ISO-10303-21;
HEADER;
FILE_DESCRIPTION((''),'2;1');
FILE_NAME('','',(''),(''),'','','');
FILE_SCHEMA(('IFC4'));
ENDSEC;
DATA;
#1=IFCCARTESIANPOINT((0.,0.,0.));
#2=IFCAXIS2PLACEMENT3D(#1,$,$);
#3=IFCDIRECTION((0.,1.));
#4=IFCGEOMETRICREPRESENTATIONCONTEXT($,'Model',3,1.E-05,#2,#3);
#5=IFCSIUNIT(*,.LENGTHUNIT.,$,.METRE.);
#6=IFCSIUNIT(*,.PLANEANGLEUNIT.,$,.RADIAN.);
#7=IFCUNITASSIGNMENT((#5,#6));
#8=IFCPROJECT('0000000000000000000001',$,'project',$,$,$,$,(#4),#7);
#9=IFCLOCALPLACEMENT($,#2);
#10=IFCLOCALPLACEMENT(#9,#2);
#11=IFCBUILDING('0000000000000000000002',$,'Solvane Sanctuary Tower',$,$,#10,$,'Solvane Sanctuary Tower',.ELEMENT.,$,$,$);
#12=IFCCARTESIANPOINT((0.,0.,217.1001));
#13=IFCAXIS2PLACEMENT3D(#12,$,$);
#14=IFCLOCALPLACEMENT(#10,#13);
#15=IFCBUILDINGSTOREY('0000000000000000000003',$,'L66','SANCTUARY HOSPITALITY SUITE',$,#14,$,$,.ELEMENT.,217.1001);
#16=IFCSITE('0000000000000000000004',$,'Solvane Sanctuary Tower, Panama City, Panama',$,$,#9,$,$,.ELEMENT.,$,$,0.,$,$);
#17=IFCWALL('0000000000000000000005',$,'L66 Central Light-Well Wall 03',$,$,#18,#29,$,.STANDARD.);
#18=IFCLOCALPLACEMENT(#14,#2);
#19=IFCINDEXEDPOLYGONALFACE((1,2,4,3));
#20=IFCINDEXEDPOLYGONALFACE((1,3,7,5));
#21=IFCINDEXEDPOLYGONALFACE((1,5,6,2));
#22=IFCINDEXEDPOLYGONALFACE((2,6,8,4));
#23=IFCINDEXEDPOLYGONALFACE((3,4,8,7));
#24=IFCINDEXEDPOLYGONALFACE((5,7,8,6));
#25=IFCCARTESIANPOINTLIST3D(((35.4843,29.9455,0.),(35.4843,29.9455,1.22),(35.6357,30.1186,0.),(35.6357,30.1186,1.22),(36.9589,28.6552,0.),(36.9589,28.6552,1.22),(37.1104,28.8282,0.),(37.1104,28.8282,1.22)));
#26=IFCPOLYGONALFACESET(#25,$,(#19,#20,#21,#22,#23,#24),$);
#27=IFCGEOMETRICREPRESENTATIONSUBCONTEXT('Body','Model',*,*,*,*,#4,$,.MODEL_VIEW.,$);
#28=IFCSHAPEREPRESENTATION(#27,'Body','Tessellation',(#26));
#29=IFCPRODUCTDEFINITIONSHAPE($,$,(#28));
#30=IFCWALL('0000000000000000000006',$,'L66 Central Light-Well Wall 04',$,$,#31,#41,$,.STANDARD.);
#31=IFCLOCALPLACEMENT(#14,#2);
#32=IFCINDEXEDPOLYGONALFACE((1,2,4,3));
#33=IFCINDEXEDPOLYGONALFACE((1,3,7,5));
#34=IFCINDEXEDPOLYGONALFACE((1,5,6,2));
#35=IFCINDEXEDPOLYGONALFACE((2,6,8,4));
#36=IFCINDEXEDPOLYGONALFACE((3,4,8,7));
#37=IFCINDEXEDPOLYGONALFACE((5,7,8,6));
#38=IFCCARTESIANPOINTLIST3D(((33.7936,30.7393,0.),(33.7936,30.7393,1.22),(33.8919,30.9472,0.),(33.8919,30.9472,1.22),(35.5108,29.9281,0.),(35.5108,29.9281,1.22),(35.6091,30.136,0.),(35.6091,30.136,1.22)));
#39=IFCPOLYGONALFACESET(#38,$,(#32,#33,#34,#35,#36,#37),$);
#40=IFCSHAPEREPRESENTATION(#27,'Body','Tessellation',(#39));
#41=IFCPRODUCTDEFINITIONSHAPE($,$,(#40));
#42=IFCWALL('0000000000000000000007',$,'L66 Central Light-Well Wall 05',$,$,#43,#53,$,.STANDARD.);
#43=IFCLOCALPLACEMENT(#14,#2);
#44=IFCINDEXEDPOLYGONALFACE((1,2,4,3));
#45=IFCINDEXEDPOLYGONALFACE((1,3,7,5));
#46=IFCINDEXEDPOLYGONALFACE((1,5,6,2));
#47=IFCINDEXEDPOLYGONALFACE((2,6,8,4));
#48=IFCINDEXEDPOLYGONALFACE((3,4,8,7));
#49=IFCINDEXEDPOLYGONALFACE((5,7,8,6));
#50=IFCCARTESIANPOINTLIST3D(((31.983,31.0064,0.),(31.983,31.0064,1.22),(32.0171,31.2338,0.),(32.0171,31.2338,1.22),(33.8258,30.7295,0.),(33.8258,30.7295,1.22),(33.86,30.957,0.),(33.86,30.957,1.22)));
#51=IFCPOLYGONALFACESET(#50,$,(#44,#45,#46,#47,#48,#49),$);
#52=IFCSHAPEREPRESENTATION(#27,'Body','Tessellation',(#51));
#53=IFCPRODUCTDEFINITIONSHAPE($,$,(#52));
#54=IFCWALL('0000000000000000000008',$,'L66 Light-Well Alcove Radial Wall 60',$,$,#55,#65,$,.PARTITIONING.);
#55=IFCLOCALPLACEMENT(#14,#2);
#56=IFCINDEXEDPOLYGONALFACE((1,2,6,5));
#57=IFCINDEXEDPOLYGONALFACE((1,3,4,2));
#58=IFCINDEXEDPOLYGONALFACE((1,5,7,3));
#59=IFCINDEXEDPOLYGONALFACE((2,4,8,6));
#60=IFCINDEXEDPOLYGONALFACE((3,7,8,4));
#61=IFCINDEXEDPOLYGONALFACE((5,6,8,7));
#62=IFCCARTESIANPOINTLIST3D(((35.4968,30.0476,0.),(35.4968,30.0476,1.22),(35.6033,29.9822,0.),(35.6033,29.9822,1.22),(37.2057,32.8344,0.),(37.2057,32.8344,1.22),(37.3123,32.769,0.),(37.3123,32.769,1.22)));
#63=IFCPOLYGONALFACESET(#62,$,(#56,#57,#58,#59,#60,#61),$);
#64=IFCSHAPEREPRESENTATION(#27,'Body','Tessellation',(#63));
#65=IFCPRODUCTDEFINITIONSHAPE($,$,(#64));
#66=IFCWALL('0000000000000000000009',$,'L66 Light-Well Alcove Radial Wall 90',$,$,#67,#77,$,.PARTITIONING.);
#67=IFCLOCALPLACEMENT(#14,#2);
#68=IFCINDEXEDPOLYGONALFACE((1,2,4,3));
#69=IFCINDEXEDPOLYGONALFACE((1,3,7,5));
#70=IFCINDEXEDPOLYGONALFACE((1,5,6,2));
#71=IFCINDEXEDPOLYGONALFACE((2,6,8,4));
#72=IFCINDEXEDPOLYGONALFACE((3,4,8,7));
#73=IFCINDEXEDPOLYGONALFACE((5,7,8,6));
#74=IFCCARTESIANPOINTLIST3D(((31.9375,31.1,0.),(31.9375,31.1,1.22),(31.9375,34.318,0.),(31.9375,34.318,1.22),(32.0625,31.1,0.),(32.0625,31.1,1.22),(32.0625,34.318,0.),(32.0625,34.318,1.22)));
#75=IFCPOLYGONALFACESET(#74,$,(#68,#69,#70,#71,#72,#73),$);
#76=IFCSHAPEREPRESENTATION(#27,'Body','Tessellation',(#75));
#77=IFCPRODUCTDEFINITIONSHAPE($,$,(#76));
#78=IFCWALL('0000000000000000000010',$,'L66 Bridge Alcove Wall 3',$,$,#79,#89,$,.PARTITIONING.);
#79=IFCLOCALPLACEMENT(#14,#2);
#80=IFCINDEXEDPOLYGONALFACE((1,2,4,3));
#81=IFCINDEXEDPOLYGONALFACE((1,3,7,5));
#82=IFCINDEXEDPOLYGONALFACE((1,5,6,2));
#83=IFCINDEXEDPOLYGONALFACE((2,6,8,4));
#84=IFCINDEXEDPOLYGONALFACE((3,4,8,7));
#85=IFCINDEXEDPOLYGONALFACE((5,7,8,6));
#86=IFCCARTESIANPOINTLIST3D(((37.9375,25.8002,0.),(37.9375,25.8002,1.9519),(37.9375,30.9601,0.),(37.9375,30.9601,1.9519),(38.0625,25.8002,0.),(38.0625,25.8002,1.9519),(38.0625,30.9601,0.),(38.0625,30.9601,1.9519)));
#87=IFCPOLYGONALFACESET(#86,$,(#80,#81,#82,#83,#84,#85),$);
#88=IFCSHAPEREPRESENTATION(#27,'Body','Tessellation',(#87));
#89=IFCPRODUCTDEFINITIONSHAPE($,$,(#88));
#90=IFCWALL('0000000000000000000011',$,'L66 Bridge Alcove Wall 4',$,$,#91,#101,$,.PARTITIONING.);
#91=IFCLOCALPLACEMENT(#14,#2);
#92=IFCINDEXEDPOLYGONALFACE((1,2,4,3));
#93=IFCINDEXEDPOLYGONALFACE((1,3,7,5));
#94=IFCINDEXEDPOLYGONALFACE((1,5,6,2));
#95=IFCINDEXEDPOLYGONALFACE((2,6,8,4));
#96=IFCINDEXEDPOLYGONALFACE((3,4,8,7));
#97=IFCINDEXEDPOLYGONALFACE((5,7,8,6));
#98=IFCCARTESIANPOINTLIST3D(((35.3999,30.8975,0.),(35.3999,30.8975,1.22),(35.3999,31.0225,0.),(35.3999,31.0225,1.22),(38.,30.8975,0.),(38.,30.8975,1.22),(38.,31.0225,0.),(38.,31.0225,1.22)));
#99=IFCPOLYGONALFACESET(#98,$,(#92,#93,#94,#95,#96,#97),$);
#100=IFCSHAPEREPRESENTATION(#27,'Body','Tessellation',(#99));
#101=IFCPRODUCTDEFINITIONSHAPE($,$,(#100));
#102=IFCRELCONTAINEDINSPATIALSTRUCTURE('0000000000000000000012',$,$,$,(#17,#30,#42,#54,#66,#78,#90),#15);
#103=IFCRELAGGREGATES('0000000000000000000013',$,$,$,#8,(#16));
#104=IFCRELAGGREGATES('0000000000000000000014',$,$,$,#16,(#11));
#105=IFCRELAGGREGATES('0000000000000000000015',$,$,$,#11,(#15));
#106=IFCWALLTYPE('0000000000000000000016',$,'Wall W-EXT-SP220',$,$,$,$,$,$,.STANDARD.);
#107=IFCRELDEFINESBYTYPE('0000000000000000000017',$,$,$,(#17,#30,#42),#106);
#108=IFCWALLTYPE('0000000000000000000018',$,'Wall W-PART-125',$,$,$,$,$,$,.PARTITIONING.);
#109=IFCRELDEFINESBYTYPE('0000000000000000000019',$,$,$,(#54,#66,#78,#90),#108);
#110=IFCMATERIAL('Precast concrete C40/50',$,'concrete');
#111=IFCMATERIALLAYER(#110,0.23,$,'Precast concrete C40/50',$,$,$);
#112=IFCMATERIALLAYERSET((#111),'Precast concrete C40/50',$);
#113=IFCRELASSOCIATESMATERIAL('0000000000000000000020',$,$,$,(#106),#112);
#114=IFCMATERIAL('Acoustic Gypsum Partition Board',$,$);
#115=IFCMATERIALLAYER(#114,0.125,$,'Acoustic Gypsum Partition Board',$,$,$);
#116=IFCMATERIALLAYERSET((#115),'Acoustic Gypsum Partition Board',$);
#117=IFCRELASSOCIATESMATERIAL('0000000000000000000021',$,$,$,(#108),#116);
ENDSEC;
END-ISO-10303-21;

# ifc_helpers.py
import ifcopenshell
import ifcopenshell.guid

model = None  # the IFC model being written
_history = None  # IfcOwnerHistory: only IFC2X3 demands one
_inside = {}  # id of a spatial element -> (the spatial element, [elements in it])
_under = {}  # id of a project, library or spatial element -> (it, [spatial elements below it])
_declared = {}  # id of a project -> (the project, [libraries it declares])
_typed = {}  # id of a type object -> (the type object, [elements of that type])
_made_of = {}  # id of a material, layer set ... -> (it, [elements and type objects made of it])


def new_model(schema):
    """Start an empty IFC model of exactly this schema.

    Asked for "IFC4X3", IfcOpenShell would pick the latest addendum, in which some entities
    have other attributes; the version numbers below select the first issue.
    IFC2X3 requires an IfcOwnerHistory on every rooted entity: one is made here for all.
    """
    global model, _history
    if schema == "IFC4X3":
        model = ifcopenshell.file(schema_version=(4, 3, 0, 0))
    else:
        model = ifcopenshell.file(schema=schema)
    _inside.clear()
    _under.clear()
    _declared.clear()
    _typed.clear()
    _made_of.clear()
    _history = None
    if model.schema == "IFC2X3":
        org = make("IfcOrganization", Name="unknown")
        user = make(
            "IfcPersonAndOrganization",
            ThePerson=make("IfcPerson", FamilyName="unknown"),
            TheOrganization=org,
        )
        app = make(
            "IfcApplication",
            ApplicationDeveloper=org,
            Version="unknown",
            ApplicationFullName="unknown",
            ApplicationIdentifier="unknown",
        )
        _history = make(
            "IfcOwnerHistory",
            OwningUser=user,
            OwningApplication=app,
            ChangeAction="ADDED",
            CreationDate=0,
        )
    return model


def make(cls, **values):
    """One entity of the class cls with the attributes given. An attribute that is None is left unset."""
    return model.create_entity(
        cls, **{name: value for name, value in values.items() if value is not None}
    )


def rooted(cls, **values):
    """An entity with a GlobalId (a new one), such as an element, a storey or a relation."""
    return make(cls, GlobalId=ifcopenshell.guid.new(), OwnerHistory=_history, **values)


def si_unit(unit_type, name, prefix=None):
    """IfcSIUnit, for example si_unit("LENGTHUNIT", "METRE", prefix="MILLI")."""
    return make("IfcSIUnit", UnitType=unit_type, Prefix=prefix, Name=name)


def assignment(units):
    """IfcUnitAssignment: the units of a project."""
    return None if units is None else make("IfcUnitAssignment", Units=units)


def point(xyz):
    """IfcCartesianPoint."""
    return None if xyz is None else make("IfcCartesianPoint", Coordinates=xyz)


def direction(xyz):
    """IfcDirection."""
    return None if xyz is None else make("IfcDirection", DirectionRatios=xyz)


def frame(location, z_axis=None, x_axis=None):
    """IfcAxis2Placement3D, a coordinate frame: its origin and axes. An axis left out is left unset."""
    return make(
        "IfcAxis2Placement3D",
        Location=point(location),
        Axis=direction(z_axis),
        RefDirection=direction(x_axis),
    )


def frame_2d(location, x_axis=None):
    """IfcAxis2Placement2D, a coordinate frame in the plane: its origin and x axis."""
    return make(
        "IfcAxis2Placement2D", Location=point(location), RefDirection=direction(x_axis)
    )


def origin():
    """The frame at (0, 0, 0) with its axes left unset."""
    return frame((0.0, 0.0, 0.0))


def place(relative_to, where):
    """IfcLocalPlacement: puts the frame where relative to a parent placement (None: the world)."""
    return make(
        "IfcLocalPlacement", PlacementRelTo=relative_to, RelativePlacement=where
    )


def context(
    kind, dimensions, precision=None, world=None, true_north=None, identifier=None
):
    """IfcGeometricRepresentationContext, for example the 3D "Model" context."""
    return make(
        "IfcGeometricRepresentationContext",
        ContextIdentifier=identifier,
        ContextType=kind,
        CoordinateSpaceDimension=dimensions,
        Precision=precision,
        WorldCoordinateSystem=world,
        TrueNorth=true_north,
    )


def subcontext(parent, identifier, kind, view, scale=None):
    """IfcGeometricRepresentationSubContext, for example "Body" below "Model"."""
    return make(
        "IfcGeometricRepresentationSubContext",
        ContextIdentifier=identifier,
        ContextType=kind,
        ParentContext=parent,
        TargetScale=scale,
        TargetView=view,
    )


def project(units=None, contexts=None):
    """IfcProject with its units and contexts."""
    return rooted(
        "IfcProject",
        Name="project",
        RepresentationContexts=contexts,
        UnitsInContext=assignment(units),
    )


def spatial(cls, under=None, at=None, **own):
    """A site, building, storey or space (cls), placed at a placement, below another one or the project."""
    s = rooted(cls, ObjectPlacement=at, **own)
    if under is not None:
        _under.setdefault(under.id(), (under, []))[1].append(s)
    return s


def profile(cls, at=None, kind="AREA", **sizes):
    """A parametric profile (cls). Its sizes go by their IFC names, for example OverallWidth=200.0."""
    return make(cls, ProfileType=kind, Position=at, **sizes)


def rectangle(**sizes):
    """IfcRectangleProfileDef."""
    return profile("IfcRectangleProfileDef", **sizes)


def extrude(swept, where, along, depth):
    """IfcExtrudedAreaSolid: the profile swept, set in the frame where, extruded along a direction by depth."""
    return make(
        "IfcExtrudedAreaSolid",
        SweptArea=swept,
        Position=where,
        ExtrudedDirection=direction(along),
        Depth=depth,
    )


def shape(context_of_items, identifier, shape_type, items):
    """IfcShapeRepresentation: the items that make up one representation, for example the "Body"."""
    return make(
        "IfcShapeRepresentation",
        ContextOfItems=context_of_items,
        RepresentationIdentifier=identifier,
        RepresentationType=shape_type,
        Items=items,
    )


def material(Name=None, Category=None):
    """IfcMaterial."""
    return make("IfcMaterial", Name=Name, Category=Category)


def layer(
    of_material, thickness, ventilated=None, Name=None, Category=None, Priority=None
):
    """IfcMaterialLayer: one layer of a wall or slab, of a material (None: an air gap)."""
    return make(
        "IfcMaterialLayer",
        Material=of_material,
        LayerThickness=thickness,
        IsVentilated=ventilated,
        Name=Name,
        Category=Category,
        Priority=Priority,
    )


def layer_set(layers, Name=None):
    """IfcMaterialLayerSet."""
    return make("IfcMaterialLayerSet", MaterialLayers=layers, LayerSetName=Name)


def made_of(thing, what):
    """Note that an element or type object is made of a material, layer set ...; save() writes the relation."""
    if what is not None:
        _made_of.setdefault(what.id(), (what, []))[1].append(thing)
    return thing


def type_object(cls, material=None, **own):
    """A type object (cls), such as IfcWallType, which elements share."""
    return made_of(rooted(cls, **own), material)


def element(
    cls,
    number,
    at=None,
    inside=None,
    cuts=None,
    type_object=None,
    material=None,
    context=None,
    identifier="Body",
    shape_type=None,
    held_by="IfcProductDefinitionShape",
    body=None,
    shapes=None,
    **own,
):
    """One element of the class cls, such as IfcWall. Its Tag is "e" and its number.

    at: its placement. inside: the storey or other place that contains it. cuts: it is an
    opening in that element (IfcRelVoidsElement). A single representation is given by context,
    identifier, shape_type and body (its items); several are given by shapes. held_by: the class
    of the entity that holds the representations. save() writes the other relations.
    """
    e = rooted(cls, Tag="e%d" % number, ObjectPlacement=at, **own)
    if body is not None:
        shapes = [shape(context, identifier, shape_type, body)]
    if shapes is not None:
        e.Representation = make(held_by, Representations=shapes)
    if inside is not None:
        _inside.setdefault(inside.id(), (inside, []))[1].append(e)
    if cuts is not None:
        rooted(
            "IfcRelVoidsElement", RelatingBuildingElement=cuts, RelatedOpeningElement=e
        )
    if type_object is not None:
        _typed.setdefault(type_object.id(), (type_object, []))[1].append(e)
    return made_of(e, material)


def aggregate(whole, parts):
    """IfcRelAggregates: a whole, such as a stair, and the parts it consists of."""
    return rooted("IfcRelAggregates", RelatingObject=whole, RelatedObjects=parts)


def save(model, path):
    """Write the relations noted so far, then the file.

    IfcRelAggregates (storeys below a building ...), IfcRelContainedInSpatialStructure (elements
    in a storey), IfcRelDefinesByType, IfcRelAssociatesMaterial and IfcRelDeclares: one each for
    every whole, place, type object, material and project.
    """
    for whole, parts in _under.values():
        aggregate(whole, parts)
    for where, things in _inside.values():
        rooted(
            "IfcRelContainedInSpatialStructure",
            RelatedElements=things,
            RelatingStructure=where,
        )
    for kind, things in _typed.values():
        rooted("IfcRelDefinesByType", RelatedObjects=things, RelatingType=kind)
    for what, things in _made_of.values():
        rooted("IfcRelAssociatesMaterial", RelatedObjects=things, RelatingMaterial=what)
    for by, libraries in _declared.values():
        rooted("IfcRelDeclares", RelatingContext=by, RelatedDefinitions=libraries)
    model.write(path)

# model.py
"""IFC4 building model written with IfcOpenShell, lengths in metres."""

from ifc_helpers import new_model, si_unit, direction, frame, frame_2d, origin, place, context, subcontext, project, spatial, rectangle, extrude, material, layer, layer_set, type_object, element, save


model = new_model("IFC4")

# Units and contexts
model_context = context("Model", 3, precision=1e-05, world=origin(), true_north=direction((0.0, 1.0)))
body_context = subcontext(model_context, "Body", "Model", "MODEL_VIEW")
ifc_project = project(units=[si_unit("LENGTHUNIT", "METRE"), si_unit("PLANEANGLEUNIT", "RADIAN")], contexts=[model_context])

# Site, building, storey
site_placement = place(None, origin())
site = spatial("IfcSite", under=ifc_project, at=site_placement, Name="Solvane Sanctuary Tower, Panama City, Panama", CompositionType="ELEMENT", RefElevation=0.0)
building_placement = place(site_placement, origin())
building = spatial("IfcBuilding", under=site, at=building_placement, Name="Solvane Sanctuary Tower", LongName="Solvane Sanctuary Tower", CompositionType="ELEMENT")
storey_placement = place(building_placement, frame((0.0, 0.0, 217.1001)))
storey = spatial("IfcBuildingStorey", under=building, at=storey_placement, Name="L66", Description="SANCTUARY HOSPITALITY SUITE", CompositionType="ELEMENT", Elevation=217.1001)

# Shared definitions
ifc_material_1 = material(Name="Acoustic Gypsum Partition Board")

# Walls
ifc_material_2 = material(Name="Precast concrete C40/50", Category="concrete")
ifc_layer_1 = layer(ifc_material_2, 0.23, Name="Precast concrete C40/50")
ifc_layer_set_1 = layer_set([ifc_layer_1], Name="Precast concrete C40/50")
wall_type_1 = type_object("IfcWallType", Name="Wall W-EXT-SP220", PredefinedType="STANDARD", material=ifc_layer_set_1)
wall_1_placement = place(storey_placement, frame((37.0347, 28.7417, 0.0), z_axis=(0.0, 0.0, 1.0), x_axis=(-0.752577, 0.658505, 0.0)))
element("IfcWall", 1, at=wall_1_placement, inside=storey, type_object=wall_type_1, Name="L66 Central Light-Well Wall 03", PredefinedType="STANDARD", context=body_context, shape_type="SweptSolid", body=[
    extrude(rectangle(XDim=1.9595, YDim=0.23, at=frame_2d((0.9797, 0.0))), origin(), (0.0, 0.0, 1.0), 1.22),
])
wall_2_placement = place(storey_placement, frame((35.5601, 30.032, 0.0), z_axis=(0.0, 0.0, 1.0), x_axis=(-0.90418, 0.427152, 0.0)))
element("IfcWall", 2, at=wall_2_placement, inside=storey, type_object=wall_type_1, Name="L66 Central Light-Well Wall 04", PredefinedType="STANDARD", context=body_context, shape_type="SweptSolid", body=[
    extrude(rectangle(XDim=1.8992, YDim=0.23, at=frame_2d((0.9497, 0.0))), origin(), (0.0, 0.0, 1.0), 1.22),
])
wall_3_placement = place(storey_placement, frame((33.8428, 30.8433, 0.0), z_axis=(0.0, 0.0, 1.0), x_axis=(-0.988902, 0.148571, 0.0)))
element("IfcWall", 3, at=wall_3_placement, inside=storey, type_object=wall_type_1, Name="L66 Central Light-Well Wall 05", PredefinedType="STANDARD", context=body_context, shape_type="SweptSolid", body=[
    extrude(rectangle(XDim=1.8635, YDim=0.23, at=frame_2d((0.9316, 0.0))), origin(), (0.0, 0.0, 1.0), 1.22),
])
ifc_layer_2 = layer(ifc_material_1, 0.125, Name="Acoustic Gypsum Partition Board")
ifc_layer_set_2 = layer_set([ifc_layer_2], Name="Acoustic Gypsum Partition Board")
wall_type_2 = type_object("IfcWallType", Name="Wall W-PART-125", PredefinedType="PARTITIONING", material=ifc_layer_set_2)
wall_4_placement = place(storey_placement, frame((35.55, 30.0149, 0.0), z_axis=(0.0, 0.0, 1.0), x_axis=(0.522763, 0.852478, 0.0)))
element("IfcWall", 4, at=wall_4_placement, inside=storey, type_object=wall_type_2, Name="L66 Light-Well Alcove Radial Wall 60", PredefinedType="PARTITIONING", context=body_context, shape_type="SweptSolid", body=[
    extrude(rectangle(XDim=3.269, YDim=0.125, at=frame_2d((1.6345, 0.0))), origin(), (0.0, 0.0, 1.0), 1.22),
])
wall_5_placement = place(storey_placement, frame((32.0, 31.1001, 0.0), z_axis=(0.0, 0.0, 1.0), x_axis=(0.0, 1.0, 0.0)))
element("IfcWall", 5, at=wall_5_placement, inside=storey, type_object=wall_type_2, Name="L66 Light-Well Alcove Radial Wall 90", PredefinedType="PARTITIONING", context=body_context, shape_type="SweptSolid", body=[
    extrude(rectangle(XDim=3.218, YDim=0.125, at=frame_2d((1.6089, 0.0))), origin(), (0.0, 0.0, 1.0), 1.22),
])
wall_6_placement = place(storey_placement, frame((38.0, 25.8, 0.0), z_axis=(0.0, 0.0, 1.0), x_axis=(0.0, 1.0, 0.0)))
element("IfcWall", 6, at=wall_6_placement, inside=storey, type_object=wall_type_2, Name="L66 Bridge Alcove Wall 3", PredefinedType="PARTITIONING", context=body_context, shape_type="SweptSolid", body=[
    extrude(rectangle(XDim=5.1599, YDim=0.125, at=frame_2d((2.5801, 0.0))), origin(), (0.0, 0.0, 1.0), 1.9519),
])
wall_7_placement = place(storey_placement, frame((35.3999, 30.96, 0.0), z_axis=(0.0, 0.0, 1.0), x_axis=(1.0, 0.0, 0.0)))
element("IfcWall", 7, at=wall_7_placement, inside=storey, type_object=wall_type_2, Name="L66 Bridge Alcove Wall 4", PredefinedType="PARTITIONING", context=body_context, shape_type="SweptSolid", body=[
    extrude(rectangle(XDim=2.6001, YDim=0.125, at=frame_2d((1.3, 0.0))), origin(), (0.0, 0.0, 1.0), 1.22),
])

save(model, "model.ifc")
